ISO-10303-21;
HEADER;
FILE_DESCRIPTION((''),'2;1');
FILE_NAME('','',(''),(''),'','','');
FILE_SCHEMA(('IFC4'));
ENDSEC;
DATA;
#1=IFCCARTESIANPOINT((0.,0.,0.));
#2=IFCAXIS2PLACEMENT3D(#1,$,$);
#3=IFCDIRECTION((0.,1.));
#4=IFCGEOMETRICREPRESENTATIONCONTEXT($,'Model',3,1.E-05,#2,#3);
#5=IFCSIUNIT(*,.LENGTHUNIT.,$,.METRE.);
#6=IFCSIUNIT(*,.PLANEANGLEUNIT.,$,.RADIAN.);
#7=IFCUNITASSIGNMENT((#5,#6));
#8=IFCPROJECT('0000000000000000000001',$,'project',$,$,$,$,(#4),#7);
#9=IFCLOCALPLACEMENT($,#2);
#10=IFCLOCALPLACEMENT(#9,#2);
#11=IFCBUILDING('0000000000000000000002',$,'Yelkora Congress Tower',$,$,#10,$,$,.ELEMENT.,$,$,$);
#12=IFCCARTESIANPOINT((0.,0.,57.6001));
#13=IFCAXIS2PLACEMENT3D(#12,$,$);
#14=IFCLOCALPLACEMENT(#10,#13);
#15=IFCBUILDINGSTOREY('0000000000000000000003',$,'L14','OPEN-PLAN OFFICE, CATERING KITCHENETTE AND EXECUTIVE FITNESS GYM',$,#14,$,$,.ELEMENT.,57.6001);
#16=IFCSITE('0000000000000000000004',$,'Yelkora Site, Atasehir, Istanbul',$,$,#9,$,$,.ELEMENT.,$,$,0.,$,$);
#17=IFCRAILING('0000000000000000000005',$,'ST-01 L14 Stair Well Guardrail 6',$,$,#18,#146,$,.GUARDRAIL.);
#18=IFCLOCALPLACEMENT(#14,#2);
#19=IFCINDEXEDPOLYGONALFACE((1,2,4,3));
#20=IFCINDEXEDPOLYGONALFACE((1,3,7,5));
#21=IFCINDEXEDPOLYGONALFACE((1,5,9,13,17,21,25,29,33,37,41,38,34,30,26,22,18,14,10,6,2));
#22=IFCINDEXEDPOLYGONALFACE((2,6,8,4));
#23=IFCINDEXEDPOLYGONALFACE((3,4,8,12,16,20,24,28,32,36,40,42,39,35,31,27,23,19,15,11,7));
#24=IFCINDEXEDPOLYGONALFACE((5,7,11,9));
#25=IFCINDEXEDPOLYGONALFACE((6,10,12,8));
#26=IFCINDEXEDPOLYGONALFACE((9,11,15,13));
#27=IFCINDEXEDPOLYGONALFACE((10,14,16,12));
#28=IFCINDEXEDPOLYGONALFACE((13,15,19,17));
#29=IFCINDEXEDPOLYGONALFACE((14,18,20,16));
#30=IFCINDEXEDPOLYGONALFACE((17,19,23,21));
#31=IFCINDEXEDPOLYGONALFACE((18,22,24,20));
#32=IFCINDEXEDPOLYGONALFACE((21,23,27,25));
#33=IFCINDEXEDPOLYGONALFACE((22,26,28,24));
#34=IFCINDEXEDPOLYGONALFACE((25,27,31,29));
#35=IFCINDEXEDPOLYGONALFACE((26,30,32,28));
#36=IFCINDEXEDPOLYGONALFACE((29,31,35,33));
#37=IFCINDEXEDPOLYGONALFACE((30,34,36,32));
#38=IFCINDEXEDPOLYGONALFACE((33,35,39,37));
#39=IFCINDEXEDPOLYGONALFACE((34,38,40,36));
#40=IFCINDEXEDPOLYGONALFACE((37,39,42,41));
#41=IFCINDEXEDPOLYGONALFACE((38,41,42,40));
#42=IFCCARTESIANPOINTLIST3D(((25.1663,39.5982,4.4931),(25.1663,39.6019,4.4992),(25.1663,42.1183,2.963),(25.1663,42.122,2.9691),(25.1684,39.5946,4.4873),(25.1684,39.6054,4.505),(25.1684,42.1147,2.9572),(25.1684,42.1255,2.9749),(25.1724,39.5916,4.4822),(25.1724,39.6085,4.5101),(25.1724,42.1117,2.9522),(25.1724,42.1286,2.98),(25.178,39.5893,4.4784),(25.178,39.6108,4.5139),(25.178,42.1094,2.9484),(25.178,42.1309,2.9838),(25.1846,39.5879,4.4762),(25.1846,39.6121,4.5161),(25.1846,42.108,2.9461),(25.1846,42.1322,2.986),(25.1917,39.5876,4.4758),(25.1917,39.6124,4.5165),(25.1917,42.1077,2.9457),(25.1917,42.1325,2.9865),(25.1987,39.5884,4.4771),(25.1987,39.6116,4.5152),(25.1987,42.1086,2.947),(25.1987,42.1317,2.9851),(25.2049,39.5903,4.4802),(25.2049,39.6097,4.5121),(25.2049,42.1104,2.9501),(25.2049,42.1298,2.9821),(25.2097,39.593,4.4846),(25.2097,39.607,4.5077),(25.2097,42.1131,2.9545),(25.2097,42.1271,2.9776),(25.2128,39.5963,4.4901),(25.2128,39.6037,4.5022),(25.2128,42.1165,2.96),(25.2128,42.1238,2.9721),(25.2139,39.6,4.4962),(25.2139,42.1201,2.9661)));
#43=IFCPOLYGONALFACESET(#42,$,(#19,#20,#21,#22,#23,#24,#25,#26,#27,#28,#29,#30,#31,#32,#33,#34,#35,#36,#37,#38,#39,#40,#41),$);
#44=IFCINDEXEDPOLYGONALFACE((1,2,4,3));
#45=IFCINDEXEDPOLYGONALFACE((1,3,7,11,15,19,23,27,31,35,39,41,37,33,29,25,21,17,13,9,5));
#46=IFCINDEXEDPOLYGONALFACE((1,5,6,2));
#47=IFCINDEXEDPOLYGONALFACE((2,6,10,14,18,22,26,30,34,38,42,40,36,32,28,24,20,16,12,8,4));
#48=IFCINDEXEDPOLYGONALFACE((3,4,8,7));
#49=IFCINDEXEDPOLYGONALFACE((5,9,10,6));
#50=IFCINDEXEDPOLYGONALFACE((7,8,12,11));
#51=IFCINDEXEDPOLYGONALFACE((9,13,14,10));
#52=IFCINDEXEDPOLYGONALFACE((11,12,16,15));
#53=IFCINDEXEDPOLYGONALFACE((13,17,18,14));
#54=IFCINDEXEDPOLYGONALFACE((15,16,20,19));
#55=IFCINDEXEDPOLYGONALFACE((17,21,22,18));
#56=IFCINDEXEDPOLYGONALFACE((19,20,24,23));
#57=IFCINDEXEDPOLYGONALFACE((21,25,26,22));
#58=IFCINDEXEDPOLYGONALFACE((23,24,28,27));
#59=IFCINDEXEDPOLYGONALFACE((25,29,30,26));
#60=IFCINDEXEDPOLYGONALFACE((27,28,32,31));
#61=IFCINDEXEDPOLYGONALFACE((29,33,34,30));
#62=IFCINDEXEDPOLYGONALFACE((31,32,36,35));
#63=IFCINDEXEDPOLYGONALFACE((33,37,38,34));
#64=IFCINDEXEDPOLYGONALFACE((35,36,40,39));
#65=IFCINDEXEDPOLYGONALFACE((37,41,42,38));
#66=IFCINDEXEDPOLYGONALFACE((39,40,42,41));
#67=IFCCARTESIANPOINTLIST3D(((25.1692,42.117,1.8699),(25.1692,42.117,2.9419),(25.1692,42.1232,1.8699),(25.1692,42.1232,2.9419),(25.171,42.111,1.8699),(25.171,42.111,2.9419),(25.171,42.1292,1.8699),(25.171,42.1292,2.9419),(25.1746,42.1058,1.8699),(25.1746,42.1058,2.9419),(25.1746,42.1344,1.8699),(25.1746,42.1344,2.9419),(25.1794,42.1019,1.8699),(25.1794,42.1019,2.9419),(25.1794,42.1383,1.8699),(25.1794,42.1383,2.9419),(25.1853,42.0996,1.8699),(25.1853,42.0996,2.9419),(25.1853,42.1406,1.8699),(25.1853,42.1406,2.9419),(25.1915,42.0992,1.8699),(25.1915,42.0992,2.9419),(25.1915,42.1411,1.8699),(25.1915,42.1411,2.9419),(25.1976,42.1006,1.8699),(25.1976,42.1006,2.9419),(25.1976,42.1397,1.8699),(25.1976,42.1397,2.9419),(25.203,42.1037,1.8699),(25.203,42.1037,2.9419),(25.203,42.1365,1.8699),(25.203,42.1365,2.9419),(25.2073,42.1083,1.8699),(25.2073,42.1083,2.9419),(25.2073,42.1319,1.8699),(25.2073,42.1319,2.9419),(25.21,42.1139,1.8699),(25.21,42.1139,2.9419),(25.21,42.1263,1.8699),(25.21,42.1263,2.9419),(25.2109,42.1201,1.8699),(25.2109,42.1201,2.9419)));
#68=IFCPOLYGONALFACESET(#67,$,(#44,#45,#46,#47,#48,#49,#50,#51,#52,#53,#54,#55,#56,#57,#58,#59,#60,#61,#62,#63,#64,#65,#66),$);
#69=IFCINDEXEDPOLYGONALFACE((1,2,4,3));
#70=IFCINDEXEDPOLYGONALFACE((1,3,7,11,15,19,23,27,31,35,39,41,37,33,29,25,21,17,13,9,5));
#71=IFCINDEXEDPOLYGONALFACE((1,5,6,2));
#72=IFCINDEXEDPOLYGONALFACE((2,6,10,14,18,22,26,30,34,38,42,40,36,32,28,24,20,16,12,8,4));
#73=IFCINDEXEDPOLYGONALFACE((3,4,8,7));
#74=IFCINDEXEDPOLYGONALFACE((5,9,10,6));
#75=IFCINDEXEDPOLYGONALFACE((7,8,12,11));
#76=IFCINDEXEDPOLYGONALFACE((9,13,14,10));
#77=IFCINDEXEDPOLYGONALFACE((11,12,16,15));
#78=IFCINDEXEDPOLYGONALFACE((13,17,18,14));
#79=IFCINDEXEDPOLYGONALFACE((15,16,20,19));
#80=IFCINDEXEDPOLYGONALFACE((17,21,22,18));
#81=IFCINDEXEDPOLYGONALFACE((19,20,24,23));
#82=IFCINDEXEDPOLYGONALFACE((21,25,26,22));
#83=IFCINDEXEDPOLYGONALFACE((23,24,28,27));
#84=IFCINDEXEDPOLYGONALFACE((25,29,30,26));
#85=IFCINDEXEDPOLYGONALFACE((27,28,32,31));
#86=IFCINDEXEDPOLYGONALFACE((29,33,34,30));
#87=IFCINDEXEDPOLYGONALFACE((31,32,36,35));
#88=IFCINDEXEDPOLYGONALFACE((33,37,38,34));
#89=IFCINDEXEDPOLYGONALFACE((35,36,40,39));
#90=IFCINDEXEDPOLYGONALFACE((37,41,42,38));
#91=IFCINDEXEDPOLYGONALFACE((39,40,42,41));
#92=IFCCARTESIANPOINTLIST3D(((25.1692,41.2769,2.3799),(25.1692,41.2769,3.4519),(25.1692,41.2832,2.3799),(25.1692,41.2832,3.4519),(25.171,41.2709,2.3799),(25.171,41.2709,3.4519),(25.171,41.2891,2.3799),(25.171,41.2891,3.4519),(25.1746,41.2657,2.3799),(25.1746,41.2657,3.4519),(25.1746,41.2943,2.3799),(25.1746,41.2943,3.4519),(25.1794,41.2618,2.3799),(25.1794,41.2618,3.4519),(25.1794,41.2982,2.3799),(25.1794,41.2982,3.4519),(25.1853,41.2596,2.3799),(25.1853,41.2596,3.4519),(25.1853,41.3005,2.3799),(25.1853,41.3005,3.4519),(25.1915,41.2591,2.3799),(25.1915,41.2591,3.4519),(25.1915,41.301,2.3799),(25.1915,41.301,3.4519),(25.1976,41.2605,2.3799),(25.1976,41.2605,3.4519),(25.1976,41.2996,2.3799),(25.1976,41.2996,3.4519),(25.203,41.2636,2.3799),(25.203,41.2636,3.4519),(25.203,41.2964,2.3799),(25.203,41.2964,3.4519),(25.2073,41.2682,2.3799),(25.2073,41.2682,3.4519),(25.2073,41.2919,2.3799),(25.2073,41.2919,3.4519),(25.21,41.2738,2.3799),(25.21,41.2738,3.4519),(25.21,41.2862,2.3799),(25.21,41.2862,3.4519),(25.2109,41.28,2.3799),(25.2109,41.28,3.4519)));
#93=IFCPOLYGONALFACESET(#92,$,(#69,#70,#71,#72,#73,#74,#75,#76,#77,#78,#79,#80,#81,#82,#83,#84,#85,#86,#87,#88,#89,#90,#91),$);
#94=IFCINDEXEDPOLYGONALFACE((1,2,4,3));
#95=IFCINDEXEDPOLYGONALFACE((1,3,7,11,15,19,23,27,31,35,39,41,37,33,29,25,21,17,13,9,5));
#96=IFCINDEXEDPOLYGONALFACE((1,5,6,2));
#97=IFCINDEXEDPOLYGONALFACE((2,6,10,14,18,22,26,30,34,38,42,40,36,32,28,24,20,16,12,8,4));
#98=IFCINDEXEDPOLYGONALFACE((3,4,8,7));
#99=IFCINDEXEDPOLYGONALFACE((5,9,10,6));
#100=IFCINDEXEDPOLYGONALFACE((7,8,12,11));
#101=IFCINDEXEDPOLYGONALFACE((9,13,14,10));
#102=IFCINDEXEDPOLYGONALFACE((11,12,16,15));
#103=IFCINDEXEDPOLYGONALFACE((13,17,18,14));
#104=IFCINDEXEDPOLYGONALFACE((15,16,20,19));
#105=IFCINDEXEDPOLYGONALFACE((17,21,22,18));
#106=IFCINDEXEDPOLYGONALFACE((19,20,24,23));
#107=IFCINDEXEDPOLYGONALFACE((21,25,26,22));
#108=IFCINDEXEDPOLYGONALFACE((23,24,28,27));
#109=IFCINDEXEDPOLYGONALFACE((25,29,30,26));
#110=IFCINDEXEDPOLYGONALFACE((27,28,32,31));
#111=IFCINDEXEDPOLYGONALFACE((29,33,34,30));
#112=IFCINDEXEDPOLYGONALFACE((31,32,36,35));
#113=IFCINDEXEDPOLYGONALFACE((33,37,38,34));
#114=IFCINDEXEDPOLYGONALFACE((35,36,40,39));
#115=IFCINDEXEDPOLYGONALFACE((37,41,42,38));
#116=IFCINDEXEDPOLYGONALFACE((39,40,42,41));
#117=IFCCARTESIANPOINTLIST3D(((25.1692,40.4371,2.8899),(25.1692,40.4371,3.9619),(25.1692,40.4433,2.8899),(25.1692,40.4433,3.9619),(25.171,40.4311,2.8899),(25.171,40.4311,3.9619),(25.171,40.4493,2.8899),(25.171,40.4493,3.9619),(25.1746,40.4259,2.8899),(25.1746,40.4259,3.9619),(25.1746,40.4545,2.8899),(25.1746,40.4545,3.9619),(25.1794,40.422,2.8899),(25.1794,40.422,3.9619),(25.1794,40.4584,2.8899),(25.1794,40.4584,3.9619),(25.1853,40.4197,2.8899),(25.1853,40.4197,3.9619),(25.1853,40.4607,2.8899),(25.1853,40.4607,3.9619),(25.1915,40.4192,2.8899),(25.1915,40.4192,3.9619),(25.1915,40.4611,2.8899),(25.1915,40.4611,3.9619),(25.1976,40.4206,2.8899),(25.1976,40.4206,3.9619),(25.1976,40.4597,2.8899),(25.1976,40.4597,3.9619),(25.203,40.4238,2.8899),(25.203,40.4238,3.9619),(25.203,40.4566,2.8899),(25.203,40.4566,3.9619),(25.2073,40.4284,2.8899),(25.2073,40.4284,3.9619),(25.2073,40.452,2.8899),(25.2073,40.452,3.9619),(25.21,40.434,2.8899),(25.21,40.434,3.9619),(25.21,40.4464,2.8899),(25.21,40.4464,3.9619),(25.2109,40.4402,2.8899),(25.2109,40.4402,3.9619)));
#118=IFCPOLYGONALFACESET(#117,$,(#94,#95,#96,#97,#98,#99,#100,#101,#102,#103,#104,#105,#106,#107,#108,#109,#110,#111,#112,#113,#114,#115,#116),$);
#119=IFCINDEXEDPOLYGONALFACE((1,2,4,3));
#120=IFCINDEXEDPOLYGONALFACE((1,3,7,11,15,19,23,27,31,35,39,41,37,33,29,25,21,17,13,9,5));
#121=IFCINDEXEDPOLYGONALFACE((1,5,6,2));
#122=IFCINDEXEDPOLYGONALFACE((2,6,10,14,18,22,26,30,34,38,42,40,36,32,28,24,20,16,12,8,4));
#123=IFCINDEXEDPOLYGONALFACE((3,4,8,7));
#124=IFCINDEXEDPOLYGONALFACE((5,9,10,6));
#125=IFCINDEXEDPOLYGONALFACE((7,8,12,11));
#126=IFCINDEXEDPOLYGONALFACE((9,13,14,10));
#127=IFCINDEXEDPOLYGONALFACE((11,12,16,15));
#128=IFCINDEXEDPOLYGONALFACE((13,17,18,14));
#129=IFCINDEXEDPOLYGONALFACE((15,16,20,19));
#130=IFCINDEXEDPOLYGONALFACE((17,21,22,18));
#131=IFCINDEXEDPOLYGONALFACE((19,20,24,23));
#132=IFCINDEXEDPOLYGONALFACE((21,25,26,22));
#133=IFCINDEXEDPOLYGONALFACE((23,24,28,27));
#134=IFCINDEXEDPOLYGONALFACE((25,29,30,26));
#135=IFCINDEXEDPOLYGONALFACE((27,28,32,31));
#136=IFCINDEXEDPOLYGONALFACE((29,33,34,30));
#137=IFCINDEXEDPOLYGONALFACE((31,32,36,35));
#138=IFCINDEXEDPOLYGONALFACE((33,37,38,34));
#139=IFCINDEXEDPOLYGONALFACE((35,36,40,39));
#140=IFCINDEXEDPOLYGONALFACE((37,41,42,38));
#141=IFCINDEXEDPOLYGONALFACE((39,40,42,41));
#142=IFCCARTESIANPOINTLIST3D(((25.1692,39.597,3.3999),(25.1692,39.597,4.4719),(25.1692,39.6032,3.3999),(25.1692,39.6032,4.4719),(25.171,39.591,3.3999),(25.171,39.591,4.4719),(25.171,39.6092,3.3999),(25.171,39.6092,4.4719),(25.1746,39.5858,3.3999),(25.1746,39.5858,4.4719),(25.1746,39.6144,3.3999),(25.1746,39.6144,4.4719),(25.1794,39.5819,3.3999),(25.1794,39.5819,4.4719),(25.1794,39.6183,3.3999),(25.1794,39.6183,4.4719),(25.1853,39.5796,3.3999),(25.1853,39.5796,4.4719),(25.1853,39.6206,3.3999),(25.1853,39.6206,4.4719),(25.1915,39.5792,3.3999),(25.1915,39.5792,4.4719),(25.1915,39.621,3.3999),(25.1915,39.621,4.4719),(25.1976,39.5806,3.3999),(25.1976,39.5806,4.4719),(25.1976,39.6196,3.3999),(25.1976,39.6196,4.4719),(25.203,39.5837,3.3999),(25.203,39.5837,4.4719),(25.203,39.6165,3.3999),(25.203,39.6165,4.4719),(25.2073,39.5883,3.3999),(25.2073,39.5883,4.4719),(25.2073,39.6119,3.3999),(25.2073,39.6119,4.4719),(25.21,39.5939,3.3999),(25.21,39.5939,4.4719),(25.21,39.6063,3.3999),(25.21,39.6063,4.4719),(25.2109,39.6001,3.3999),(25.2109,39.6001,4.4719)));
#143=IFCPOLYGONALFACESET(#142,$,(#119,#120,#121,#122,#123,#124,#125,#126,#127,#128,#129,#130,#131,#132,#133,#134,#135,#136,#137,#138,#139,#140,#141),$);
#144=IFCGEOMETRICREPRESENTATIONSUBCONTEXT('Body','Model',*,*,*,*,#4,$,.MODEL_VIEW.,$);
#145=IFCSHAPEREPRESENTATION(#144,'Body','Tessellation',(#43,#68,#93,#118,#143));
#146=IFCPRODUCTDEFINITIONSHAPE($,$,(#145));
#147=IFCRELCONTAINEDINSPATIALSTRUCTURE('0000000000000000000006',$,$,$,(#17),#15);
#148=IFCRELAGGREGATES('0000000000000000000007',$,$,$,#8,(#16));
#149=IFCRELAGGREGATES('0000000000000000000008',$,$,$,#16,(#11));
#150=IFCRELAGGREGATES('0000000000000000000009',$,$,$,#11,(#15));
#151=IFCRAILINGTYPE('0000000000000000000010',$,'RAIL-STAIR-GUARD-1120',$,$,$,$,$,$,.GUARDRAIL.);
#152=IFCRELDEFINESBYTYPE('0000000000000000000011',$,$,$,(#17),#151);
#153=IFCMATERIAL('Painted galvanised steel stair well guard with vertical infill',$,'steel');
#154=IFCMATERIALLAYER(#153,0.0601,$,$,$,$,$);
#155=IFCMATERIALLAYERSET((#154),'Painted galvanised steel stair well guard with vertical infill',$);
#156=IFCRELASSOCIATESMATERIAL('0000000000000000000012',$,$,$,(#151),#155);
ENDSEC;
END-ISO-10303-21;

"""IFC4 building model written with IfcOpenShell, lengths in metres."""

from ifc_helpers import new_model, si_unit, direction, frame, origin, origin_2d, place, context, subcontext, project, spatial, circle, extrude, material, layer, layer_set, type_object, element, save


model = new_model("IFC4")

# Units and contexts
model_context = context("Model", 3, precision=1e-05, world=origin(), true_north=direction((0.0, 1.0)))
body_context = subcontext(model_context, "Body", "Model", "MODEL_VIEW")
ifc_project = project(units=[si_unit("LENGTHUNIT", "METRE"), si_unit("PLANEANGLEUNIT", "RADIAN")], contexts=[model_context])

# Site, building, storey
site_placement = place(None, origin())
site = spatial("IfcSite", under=ifc_project, at=site_placement, Name="Yelkora Site, Atasehir, Istanbul", CompositionType="ELEMENT", RefElevation=0.0)
building_placement = place(site_placement, origin())
building = spatial("IfcBuilding", under=site, at=building_placement, Name="Yelkora Congress Tower", CompositionType="ELEMENT")
storey_placement = place(building_placement, frame((0.0, 0.0, 57.6001)))
storey = spatial("IfcBuildingStorey", under=building, at=storey_placement, Name="L14", Description="OPEN-PLAN OFFICE, CATERING KITCHENETTE AND EXECUTIVE FITNESS GYM", CompositionType="ELEMENT", Elevation=57.6001)

# Railing
ifc_material_1 = material(Name="Painted galvanised steel stair well guard with vertical infill", Category="steel")
ifc_layer_1 = layer(ifc_material_1, 0.0601)
ifc_layer_set_1 = layer_set([ifc_layer_1], Name="Painted galvanised steel stair well guard with vertical infill")
railing_type_1 = type_object("IfcRailingType", Name="RAIL-STAIR-GUARD-1120", PredefinedType="GUARDRAIL", material=ifc_layer_set_1)
railing_1_placement = place(storey_placement, frame((25.1899, 42.1201, 1.8699)))
element("IfcRailing", 1, at=railing_1_placement, inside=storey, type_object=railing_type_1, Name="ST-01 L14 Stair Well Guardrail 6", PredefinedType="GUARDRAIL", context=body_context, shape_type="SweptSolid", body=[
    extrude(circle(Radius=0.0239, at=origin_2d()), frame((0.0, 0.0, 1.0962), z_axis=(0.0, -0.854785, 0.518982), x_axis=(1.0, 0.0, 0.0)), (0.0, 0.0, 1.0), 2.9482),
    extrude(circle(Radius=0.021, at=origin_2d()), origin(), (0.0, 0.0, 1.0), 1.072),
    extrude(circle(Radius=0.021, at=origin_2d()), frame((0.0, -0.8401, 0.51)), (0.0, 0.0, 1.0), 1.072),
    extrude(circle(Radius=0.021, at=origin_2d()), frame((0.0, -1.6799, 1.02)), (0.0, 0.0, 1.0), 1.072),
    extrude(circle(Radius=0.021, at=origin_2d()), frame((0.0, -2.52, 1.53)), (0.0, 0.0, 1.0), 1.072),
])

save(model, "model.ifc")
